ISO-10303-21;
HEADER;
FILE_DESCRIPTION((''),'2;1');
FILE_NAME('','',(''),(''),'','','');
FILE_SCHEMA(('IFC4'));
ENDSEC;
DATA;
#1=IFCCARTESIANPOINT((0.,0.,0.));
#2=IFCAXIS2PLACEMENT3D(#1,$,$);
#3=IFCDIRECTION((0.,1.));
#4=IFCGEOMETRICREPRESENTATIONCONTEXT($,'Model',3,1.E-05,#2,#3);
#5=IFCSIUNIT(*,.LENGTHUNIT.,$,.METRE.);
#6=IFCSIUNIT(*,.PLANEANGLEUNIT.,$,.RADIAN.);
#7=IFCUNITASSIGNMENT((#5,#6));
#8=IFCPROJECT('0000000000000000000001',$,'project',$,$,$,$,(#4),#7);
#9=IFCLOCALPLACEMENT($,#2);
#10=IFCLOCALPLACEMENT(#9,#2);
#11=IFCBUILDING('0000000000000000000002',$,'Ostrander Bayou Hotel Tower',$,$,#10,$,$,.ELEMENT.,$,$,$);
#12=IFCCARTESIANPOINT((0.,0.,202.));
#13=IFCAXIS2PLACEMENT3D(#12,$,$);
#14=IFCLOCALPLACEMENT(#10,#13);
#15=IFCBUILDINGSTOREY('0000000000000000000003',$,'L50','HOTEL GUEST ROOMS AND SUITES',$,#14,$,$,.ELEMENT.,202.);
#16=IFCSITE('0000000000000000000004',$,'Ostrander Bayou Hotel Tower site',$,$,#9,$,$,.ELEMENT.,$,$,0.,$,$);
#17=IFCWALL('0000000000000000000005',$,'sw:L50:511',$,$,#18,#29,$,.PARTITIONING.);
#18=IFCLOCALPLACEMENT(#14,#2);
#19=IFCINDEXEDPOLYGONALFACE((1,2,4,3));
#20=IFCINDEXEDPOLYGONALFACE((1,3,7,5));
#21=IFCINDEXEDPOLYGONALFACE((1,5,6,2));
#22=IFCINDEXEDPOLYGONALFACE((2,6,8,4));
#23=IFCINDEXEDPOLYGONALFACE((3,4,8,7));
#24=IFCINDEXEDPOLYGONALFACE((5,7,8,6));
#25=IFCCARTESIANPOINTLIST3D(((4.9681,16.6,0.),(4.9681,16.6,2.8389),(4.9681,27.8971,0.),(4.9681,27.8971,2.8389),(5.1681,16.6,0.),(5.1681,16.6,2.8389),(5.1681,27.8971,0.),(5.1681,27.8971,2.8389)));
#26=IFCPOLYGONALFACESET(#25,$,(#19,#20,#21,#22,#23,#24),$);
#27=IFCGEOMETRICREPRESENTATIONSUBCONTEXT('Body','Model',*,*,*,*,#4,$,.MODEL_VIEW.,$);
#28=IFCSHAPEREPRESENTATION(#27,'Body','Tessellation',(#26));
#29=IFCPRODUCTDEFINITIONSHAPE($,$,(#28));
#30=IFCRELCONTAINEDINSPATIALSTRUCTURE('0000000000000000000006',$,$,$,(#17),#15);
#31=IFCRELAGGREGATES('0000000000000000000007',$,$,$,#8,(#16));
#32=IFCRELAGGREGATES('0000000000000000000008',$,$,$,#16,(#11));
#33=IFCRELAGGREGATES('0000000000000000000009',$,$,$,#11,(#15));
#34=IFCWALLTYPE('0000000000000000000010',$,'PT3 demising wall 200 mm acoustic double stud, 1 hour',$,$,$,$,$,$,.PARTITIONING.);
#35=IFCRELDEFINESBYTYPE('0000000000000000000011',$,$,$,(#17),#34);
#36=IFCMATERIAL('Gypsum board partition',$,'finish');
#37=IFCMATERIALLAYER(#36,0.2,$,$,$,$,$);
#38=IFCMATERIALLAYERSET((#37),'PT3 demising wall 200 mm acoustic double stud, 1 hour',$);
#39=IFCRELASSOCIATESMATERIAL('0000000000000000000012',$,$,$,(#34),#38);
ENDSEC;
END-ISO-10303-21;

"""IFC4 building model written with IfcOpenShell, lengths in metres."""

from ifc_helpers import new_model, si_unit, direction, frame, frame_2d, origin, place, context, subcontext, project, spatial, rectangle, extrude, material, layer, layer_set, type_object, element, save


model = new_model("IFC4")

# Units and contexts
model_context = context("Model", 3, precision=1e-05, world=origin(), true_north=direction((0.0, 1.0)))
body_context = subcontext(model_context, "Body", "Model", "MODEL_VIEW")
ifc_project = project(units=[si_unit("LENGTHUNIT", "METRE"), si_unit("PLANEANGLEUNIT", "RADIAN")], contexts=[model_context])

# Site, building, storey
site_placement = place(None, origin())
site = spatial("IfcSite", under=ifc_project, at=site_placement, Name="Ostrander Bayou Hotel Tower site", CompositionType="ELEMENT", RefElevation=0.0)
building_placement = place(site_placement, origin())
building = spatial("IfcBuilding", under=site, at=building_placement, Name="Ostrander Bayou Hotel Tower", CompositionType="ELEMENT")
storey_placement = place(building_placement, frame((0.0, 0.0, 202.0)))
storey = spatial("IfcBuildingStorey", under=building, at=storey_placement, Name="L50", Description="HOTEL GUEST ROOMS AND SUITES", CompositionType="ELEMENT", Elevation=202.0)

# Wall
ifc_material_1 = material(Name="Gypsum board partition", Category="finish")
ifc_layer_1 = layer(ifc_material_1, 0.2)
ifc_layer_set_1 = layer_set([ifc_layer_1], Name="PT3 demising wall 200 mm acoustic double stud, 1 hour")
wall_type = type_object("IfcWallType", Name="PT3 demising wall 200 mm acoustic double stud, 1 hour", PredefinedType="PARTITIONING", material=ifc_layer_set_1)
wall_placement = place(storey_placement, frame((5.0681, 16.6001, 0.0), z_axis=(0.0, 0.0, 1.0), x_axis=(0.0, 1.0, 0.0)))
element("IfcWall", 1, at=wall_placement, inside=storey, type_object=wall_type, Name="sw:L50:511", PredefinedType="PARTITIONING", context=body_context, shape_type="SweptSolid", body=[
    extrude(rectangle(XDim=11.2971, YDim=0.2, at=frame_2d((5.6484, 0.0))), origin(), (0.0, 0.0, 1.0), 2.8389),
])

save(model, "model.ifc")
